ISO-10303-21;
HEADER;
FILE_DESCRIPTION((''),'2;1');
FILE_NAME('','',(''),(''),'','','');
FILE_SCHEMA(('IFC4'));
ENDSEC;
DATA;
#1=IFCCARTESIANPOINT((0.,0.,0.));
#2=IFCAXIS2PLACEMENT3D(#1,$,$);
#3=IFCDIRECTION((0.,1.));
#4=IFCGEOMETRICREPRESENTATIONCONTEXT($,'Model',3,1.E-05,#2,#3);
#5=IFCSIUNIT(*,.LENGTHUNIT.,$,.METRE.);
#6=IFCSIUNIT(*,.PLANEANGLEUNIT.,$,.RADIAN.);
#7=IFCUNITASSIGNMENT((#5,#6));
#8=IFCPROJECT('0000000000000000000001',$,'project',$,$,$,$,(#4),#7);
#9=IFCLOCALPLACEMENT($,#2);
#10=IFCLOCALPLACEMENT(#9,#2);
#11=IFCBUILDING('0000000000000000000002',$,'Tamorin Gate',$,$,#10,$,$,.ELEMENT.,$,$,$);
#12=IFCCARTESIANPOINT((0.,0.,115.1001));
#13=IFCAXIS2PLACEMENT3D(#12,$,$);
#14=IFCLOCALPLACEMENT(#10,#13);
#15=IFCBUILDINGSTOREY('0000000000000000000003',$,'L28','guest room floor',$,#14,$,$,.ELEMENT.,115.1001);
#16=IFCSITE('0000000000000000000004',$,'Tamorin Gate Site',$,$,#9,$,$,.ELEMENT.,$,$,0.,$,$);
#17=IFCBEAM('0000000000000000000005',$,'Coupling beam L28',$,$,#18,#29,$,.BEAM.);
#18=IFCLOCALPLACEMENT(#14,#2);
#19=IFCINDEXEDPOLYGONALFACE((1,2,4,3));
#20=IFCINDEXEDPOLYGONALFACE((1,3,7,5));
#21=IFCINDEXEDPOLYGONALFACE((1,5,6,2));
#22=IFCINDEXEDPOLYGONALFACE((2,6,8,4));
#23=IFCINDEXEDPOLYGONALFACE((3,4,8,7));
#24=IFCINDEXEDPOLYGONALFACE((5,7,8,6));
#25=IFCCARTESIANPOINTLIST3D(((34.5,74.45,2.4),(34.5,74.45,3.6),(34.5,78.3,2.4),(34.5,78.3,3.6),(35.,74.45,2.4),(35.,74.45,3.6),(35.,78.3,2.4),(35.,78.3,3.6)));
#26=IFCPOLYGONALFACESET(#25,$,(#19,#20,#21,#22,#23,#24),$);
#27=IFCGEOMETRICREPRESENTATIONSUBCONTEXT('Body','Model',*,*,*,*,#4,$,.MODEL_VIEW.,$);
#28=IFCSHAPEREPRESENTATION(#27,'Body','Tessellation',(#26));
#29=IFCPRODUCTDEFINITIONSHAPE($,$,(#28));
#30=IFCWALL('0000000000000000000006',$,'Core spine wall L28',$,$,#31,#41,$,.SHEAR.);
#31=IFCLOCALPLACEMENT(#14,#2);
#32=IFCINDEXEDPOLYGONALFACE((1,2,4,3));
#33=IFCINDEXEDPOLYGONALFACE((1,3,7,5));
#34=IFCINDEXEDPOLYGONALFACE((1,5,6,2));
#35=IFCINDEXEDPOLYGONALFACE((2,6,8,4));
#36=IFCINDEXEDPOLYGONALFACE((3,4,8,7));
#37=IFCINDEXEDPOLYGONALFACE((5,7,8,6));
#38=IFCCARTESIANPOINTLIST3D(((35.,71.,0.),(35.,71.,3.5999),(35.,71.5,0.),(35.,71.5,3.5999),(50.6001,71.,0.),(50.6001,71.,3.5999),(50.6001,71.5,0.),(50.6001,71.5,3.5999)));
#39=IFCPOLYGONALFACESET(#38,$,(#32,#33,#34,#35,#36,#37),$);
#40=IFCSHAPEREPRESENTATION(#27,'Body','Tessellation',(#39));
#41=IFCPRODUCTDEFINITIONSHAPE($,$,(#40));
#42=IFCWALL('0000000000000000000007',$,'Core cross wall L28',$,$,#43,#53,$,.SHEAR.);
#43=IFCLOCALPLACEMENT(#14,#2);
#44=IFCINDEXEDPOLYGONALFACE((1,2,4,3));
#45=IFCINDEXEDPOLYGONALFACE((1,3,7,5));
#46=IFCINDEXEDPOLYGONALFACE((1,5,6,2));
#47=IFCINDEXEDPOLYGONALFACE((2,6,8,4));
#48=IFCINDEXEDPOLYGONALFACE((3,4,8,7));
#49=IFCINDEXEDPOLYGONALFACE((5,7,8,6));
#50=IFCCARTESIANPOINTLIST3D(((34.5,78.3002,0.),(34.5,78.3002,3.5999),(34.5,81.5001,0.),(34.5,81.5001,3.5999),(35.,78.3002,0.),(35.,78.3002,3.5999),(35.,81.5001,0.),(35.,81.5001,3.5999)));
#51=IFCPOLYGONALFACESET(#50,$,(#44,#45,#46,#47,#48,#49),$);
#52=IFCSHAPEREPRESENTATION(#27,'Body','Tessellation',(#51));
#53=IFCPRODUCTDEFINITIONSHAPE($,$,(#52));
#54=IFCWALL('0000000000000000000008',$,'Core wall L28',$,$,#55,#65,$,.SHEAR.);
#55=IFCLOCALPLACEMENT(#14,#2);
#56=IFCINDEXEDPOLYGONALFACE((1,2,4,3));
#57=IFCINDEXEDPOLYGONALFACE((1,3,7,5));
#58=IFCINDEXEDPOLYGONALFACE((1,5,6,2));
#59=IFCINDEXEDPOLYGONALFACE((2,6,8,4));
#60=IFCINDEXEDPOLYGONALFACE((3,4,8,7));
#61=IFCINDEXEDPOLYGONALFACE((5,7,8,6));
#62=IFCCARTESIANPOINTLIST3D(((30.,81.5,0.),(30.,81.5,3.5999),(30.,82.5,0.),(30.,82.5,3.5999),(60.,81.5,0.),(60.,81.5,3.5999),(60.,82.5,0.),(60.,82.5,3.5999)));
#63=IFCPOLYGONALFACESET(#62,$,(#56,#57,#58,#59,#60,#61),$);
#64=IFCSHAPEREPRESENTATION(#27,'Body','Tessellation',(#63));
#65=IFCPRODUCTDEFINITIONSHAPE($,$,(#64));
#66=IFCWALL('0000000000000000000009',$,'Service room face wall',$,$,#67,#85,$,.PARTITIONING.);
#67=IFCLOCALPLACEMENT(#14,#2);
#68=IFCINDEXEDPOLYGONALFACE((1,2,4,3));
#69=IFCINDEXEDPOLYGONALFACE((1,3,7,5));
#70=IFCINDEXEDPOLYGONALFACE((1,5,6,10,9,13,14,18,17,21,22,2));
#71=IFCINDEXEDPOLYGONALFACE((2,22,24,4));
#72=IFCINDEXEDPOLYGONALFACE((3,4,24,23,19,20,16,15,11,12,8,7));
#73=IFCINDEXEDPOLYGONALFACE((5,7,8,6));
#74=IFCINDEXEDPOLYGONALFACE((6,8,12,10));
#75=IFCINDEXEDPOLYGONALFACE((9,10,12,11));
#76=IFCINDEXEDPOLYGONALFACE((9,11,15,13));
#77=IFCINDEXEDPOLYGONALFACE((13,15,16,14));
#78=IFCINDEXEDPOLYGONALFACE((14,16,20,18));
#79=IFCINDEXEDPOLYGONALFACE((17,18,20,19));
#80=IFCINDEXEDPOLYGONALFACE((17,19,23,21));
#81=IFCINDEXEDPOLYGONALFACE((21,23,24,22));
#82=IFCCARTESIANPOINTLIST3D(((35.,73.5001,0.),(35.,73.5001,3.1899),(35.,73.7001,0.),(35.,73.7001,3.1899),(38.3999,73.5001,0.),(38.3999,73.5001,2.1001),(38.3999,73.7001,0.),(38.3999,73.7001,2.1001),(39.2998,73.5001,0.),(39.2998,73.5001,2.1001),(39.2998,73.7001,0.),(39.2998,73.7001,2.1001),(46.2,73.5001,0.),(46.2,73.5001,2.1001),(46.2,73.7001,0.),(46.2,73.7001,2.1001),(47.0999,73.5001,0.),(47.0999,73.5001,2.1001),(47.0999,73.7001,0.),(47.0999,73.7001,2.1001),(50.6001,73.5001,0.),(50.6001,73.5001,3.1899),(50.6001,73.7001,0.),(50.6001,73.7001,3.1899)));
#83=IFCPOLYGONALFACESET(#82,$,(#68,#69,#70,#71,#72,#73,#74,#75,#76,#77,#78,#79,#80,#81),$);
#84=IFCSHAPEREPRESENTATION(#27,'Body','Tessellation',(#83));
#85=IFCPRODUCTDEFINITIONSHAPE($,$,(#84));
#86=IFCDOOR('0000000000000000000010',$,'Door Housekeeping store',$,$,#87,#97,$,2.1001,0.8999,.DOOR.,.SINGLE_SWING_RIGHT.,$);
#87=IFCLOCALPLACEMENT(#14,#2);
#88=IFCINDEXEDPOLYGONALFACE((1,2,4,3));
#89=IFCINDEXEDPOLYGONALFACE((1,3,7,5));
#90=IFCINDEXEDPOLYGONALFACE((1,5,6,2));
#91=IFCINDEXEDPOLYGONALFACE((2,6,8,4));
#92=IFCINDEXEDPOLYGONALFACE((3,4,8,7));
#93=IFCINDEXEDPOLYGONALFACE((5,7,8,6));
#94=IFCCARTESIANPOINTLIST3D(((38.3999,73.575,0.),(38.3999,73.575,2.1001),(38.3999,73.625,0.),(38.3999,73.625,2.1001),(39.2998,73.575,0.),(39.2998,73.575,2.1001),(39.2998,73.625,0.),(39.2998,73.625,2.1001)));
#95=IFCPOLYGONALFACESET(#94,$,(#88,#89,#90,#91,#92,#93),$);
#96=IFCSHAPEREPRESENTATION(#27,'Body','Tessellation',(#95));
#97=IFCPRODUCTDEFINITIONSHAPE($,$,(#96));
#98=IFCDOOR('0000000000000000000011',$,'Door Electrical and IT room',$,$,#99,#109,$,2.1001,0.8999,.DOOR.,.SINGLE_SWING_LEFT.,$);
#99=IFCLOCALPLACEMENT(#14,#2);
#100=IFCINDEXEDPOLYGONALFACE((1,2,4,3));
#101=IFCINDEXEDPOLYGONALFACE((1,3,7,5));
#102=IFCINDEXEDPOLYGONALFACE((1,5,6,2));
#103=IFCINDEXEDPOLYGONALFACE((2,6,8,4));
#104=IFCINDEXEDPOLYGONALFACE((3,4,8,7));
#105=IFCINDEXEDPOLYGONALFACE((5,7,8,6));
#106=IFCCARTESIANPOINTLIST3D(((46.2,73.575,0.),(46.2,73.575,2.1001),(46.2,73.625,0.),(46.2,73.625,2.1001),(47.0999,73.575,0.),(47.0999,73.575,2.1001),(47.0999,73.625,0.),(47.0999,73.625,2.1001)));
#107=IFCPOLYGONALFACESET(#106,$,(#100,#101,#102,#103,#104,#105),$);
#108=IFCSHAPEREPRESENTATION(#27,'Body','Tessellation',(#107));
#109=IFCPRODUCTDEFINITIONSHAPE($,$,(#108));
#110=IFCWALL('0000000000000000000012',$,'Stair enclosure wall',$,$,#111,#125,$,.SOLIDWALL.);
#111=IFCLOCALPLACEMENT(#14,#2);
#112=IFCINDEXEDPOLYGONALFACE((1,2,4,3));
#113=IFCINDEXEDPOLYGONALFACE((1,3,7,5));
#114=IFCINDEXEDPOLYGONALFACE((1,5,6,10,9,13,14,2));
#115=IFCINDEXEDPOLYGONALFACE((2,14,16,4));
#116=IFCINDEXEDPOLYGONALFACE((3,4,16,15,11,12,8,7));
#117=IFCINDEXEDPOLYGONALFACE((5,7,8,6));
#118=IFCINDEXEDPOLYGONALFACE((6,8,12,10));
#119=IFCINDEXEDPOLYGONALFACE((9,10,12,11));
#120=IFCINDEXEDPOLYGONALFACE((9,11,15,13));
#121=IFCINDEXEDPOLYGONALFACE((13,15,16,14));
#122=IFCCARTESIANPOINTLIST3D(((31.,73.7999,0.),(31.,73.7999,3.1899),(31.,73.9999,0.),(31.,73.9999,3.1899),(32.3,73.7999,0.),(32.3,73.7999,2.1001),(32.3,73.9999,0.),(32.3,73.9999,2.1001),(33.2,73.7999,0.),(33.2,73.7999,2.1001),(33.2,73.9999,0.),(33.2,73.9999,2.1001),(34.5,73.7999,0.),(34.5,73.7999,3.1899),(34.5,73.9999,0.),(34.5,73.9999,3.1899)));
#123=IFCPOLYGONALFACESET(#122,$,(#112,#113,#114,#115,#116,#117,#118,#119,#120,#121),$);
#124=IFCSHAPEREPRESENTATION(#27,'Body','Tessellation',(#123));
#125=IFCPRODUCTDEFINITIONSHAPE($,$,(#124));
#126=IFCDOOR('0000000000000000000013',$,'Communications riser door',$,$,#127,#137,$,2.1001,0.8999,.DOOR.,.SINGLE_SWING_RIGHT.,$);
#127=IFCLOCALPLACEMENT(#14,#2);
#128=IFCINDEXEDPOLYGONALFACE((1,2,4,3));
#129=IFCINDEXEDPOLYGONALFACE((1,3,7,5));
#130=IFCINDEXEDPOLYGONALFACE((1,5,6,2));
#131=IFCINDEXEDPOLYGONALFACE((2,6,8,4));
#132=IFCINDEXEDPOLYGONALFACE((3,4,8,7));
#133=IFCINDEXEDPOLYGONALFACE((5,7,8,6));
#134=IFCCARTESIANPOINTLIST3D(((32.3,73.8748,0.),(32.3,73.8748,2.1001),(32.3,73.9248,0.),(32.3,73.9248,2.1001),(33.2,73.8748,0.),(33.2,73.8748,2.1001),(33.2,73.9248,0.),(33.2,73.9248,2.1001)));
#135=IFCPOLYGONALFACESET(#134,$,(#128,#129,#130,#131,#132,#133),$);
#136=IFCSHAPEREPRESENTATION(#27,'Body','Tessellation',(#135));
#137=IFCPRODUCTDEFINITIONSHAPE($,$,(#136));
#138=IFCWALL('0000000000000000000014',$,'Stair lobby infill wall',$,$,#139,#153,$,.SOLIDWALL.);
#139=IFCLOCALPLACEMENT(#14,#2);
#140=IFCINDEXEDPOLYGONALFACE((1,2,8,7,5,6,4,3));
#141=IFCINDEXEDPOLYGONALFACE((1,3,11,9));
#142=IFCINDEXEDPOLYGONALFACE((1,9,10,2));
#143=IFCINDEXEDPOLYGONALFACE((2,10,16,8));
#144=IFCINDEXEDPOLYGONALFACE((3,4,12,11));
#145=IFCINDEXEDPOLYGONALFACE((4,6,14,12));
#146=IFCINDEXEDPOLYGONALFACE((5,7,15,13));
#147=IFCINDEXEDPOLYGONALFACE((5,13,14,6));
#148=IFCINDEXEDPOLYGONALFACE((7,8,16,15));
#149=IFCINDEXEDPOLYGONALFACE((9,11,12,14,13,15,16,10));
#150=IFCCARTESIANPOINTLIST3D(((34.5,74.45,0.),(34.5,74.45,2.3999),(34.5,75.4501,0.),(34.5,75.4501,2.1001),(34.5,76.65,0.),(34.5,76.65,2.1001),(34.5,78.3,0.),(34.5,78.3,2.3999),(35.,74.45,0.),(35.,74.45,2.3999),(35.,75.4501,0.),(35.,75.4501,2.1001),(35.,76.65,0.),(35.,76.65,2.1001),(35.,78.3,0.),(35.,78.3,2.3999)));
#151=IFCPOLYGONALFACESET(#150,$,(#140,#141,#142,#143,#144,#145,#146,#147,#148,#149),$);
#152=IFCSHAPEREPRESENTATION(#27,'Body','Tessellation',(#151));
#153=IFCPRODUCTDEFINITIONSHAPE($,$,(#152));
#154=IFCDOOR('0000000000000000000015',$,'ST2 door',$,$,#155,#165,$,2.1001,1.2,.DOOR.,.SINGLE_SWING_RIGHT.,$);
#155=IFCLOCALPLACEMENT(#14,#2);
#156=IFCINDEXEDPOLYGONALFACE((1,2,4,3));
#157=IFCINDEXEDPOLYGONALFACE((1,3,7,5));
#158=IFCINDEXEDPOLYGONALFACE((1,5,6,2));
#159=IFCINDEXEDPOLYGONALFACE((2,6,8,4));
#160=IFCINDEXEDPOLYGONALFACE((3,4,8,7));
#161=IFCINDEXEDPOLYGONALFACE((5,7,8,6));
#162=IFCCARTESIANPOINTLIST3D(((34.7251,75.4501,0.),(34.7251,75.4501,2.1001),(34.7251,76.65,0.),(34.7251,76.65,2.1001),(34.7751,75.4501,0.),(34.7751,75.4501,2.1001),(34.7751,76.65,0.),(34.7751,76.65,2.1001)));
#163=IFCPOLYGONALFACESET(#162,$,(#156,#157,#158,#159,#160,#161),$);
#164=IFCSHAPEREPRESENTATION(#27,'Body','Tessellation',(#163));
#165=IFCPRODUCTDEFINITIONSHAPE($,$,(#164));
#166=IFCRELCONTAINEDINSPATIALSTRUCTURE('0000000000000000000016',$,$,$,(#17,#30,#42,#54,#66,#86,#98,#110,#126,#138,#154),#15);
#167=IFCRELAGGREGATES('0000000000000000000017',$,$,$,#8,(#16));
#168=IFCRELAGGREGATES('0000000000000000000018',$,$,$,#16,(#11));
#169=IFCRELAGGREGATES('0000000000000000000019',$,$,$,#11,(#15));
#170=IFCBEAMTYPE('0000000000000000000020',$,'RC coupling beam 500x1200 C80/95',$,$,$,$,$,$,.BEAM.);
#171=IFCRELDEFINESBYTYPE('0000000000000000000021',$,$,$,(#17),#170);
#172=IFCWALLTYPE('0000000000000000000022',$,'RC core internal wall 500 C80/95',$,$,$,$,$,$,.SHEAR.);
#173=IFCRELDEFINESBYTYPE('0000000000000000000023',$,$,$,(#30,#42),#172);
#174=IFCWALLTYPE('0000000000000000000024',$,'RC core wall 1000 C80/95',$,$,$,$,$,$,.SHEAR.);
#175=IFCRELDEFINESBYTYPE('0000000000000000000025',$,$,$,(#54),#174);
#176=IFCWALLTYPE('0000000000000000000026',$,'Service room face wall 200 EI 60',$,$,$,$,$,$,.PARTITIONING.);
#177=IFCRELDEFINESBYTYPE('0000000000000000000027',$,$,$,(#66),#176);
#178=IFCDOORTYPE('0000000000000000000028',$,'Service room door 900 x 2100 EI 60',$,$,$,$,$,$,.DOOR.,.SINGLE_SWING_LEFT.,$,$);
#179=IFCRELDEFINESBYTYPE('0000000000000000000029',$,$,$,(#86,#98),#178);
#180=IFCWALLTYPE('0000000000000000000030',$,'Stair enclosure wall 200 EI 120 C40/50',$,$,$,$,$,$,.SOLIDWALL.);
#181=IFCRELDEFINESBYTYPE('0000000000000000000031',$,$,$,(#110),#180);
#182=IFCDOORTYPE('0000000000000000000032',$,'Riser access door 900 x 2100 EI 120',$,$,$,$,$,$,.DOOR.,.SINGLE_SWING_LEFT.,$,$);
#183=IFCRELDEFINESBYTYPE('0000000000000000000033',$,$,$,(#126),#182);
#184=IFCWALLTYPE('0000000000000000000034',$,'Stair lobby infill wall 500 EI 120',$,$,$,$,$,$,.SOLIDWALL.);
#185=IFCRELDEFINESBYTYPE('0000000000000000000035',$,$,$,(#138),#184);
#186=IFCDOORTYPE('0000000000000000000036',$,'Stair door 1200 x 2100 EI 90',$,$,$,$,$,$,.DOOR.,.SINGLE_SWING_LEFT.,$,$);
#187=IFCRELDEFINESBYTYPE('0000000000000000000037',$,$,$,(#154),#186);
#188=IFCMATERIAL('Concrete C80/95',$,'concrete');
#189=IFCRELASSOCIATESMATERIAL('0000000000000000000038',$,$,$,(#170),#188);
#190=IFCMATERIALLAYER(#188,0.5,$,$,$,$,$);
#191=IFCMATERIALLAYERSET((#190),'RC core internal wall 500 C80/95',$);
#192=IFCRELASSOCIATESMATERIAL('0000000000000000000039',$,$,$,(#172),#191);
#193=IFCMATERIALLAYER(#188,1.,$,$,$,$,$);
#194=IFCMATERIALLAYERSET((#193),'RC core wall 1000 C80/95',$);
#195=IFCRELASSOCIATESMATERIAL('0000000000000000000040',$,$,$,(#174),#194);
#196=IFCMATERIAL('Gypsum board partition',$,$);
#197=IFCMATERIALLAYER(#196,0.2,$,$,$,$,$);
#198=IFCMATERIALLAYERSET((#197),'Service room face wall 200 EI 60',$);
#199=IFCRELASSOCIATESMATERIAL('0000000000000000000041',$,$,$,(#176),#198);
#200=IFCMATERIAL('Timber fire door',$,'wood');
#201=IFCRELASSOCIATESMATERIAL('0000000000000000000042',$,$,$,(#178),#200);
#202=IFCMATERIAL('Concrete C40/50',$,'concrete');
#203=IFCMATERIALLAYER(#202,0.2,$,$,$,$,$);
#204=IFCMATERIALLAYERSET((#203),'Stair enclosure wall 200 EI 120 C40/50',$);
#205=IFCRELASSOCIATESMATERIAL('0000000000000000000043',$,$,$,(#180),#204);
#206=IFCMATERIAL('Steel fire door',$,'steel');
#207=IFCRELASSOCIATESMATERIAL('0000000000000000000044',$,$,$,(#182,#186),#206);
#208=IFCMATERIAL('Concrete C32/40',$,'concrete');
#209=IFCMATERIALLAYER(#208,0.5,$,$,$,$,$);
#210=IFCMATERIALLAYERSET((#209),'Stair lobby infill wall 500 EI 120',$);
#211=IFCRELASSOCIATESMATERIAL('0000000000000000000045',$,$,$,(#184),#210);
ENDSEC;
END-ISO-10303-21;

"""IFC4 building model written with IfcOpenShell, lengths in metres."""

from ifc_helpers import new_model, si_unit, direction, frame, frame_2d, origin, origin_2d, place, context, subcontext, project, spatial, rectangle, extrude, material, layer, layer_set, material_profile, profile_set, type_object, element, fill, save


model = new_model("IFC4")

# Units and contexts
model_context = context("Model", 3, precision=1e-05, world=origin(), true_north=direction((0.0, 1.0)))
body_context = subcontext(model_context, "Body", "Model", "MODEL_VIEW")
ifc_project = project(units=[si_unit("LENGTHUNIT", "METRE"), si_unit("PLANEANGLEUNIT", "RADIAN")], contexts=[model_context])

# Site, building, storey
site_placement = place(None, origin())
site = spatial("IfcSite", under=ifc_project, at=site_placement, Name="Tamorin Gate Site", CompositionType="ELEMENT", RefElevation=0.0)
building_placement = place(site_placement, origin())
building = spatial("IfcBuilding", under=site, at=building_placement, Name="Tamorin Gate", CompositionType="ELEMENT")
storey_placement = place(building_placement, frame((0.0, 0.0, 115.1001)))
storey = spatial("IfcBuildingStorey", under=building, at=storey_placement, Name="L28", Description="guest room floor", CompositionType="ELEMENT", Elevation=115.1001)

# Beam
ifc_material_1 = material(Name="Concrete C80/95", Category="concrete")
ifc_material_profile = material_profile(ifc_material_1, rectangle(XDim=0.5, YDim=1.2, at=origin_2d()), Name="RC 500x1200")
ifc_profile_set = profile_set([ifc_material_profile], Name="Concrete C80/95")
beam_type = type_object("IfcBeamType", Name="RC coupling beam 500x1200 C80/95", PredefinedType="BEAM", material=ifc_profile_set)
beam_placement = place(storey_placement, frame((34.75, 74.45, 3.0), z_axis=(0.0, 1.0, 0.0), x_axis=(-1.0, 0.0, 0.0)))
element("IfcBeam", 1, at=beam_placement, inside=storey, type_object=beam_type, Name="Coupling beam L28", PredefinedType="BEAM", context=body_context, shape_type="SweptSolid", body=[
    extrude(rectangle(XDim=0.5, YDim=1.2, at=origin_2d()), origin(), (0.0, 0.0, 1.0), 3.8501),
])

# Walls
ifc_layer_1 = layer(ifc_material_1, 0.5)
ifc_layer_set_1 = layer_set([ifc_layer_1], Name="RC core internal wall 500 C80/95")
wall_type_1 = type_object("IfcWallType", Name="RC core internal wall 500 C80/95", PredefinedType="SHEAR", material=ifc_layer_set_1)
wall_1_placement = place(storey_placement, frame((35.0, 71.25, 0.0), z_axis=(0.0, 0.0, 1.0), x_axis=(1.0, 0.0, 0.0)))
element("IfcWall", 2, at=wall_1_placement, inside=storey, type_object=wall_type_1, Name="Core spine wall L28", PredefinedType="SHEAR", context=body_context, shape_type="SweptSolid", body=[
    extrude(rectangle(XDim=15.6001, YDim=0.5, at=frame_2d((7.8, 0.0))), origin(), (0.0, 0.0, 1.0), 3.5999),
])
wall_2_placement = place(storey_placement, frame((34.75, 78.3, 0.0), z_axis=(0.0, 0.0, 1.0), x_axis=(0.0, 1.0, 0.0)))
element("IfcWall", 3, at=wall_2_placement, inside=storey, type_object=wall_type_1, Name="Core cross wall L28", PredefinedType="SHEAR", context=body_context, shape_type="SweptSolid", body=[
    extrude(rectangle(XDim=3.2, YDim=0.5, at=frame_2d((1.6001, 0.0))), origin(), (0.0, 0.0, 1.0), 3.5999),
])
ifc_layer_2 = layer(ifc_material_1, 1.0)
ifc_layer_set_2 = layer_set([ifc_layer_2], Name="RC core wall 1000 C80/95")
wall_type_2 = type_object("IfcWallType", Name="RC core wall 1000 C80/95", PredefinedType="SHEAR", material=ifc_layer_set_2)
wall_3_placement = place(storey_placement, frame((30.0, 82.0, 0.0), z_axis=(0.0, 0.0, 1.0), x_axis=(1.0, 0.0, 0.0)))
element("IfcWall", 4, at=wall_3_placement, inside=storey, type_object=wall_type_2, Name="Core wall L28", PredefinedType="SHEAR", context=body_context, shape_type="SweptSolid", body=[
    extrude(rectangle(XDim=30.0, YDim=1.0, at=frame_2d((15.0, 0.0))), origin(), (0.0, 0.0, 1.0), 3.5999),
])

# Wall, openings, doors
ifc_material_2 = material(Name="Gypsum board partition")
ifc_layer_3 = layer(ifc_material_2, 0.2)
ifc_layer_set_3 = layer_set([ifc_layer_3], Name="Service room face wall 200 EI 60")
wall_type_3 = type_object("IfcWallType", Name="Service room face wall 200 EI 60", PredefinedType="PARTITIONING", material=ifc_layer_set_3)
wall_4_placement = place(storey_placement, frame((35.0, 73.6001, 0.0), z_axis=(0.0, 0.0, 1.0), x_axis=(1.0, 0.0, 0.0)))
wall_4 = element("IfcWall", 5, at=wall_4_placement, inside=storey, type_object=wall_type_3, Name="Service room face wall", PredefinedType="PARTITIONING", context=body_context, shape_type="SweptSolid", body=[
    extrude(rectangle(XDim=15.6001, YDim=0.2, at=frame_2d((7.8, 0.0))), origin(), (0.0, 0.0, 1.0), 3.1899),
])
opening_1_placement = place(wall_4_placement, frame((3.3999, 0.0, 0.0)))
opening_1 = element("IfcOpeningElement", 6, at=opening_1_placement, cuts=wall_4, PredefinedType="OPENING", context=body_context, shape_type="SweptSolid", body=[
    extrude(rectangle(XDim=0.8999, YDim=2.1001, at=frame_2d((0.45, 1.05))), frame((0.0, 0.1099, 0.0), z_axis=(0.0, -1.0, 0.0), x_axis=(1.0, 0.0, 0.0)), (0.0, 0.0, 1.0), 0.22),
])
opening_2_placement = place(wall_4_placement, frame((11.2, 0.0, 0.0)))
opening_2 = element("IfcOpeningElement", 7, at=opening_2_placement, cuts=wall_4, PredefinedType="OPENING", context=body_context, shape_type="SweptSolid", body=[
    extrude(rectangle(XDim=0.8999, YDim=2.1001, at=frame_2d((0.45, 1.05))), frame((0.0, 0.1099, 0.0), z_axis=(0.0, -1.0, 0.0), x_axis=(1.0, 0.0, 0.0)), (0.0, 0.0, 1.0), 0.22),
])
ifc_material_3 = material(Name="Timber fire door", Category="wood")
door_type_1 = type_object("IfcDoorType", Name="Service room door 900 x 2100 EI 60", OperationType="SINGLE_SWING_LEFT", PredefinedType="DOOR", material=ifc_material_3)
door_1_placement = place(opening_1_placement, origin())
door_1 = element("IfcDoor", 8, at=door_1_placement, inside=storey, type_object=door_type_1, Name="Door Housekeeping store", OperationType="SINGLE_SWING_RIGHT", OverallHeight=2.1001, OverallWidth=0.8999, PredefinedType="DOOR", context=body_context, shape_type="SweptSolid", body=[
    extrude(rectangle(XDim=0.8999, YDim=2.1001, at=frame_2d((0.45, 1.05))), frame((0.0, 0.0249, 0.0), z_axis=(0.0, -1.0, 0.0), x_axis=(1.0, 0.0, 0.0)), (0.0, 0.0, 1.0), 0.05),
])
fill(opening_1, door_1)
door_2_placement = place(opening_2_placement, origin())
door_2 = element("IfcDoor", 9, at=door_2_placement, inside=storey, type_object=door_type_1, Name="Door Electrical and IT room", OperationType="SINGLE_SWING_LEFT", OverallHeight=2.1001, OverallWidth=0.8999, PredefinedType="DOOR", context=body_context, shape_type="SweptSolid", body=[
    extrude(rectangle(XDim=0.8999, YDim=2.1001, at=frame_2d((0.45, 1.05))), frame((0.0, 0.0249, 0.0), z_axis=(0.0, -1.0, 0.0), x_axis=(1.0, 0.0, 0.0)), (0.0, 0.0, 1.0), 0.05),
])
fill(opening_2, door_2)

# Walls, openings, doors
ifc_material_4 = material(Name="Concrete C40/50", Category="concrete")
ifc_layer_4 = layer(ifc_material_4, 0.2)
ifc_layer_set_4 = layer_set([ifc_layer_4], Name="Stair enclosure wall 200 EI 120 C40/50")
wall_type_4 = type_object("IfcWallType", Name="Stair enclosure wall 200 EI 120 C40/50", PredefinedType="SOLIDWALL", material=ifc_layer_set_4)
wall_5_placement = place(storey_placement, frame((31.0, 73.8999, 0.0), z_axis=(0.0, 0.0, 1.0), x_axis=(1.0, 0.0, 0.0)))
wall_5 = element("IfcWall", 10, at=wall_5_placement, inside=storey, type_object=wall_type_4, Name="Stair enclosure wall", PredefinedType="SOLIDWALL", context=body_context, shape_type="SweptSolid", body=[
    extrude(rectangle(XDim=3.5, YDim=0.2, at=frame_2d((1.75, 0.0))), origin(), (0.0, 0.0, 1.0), 3.1899),
])
opening_3_placement = place(wall_5_placement, frame((1.3, 0.0, 0.0)))
opening_3 = element("IfcOpeningElement", 11, at=opening_3_placement, cuts=wall_5, PredefinedType="OPENING", context=body_context, shape_type="SweptSolid", body=[
    extrude(rectangle(XDim=0.8999, YDim=2.1001, at=frame_2d((0.45, 1.05))), frame((0.0, 0.1099, 0.0), z_axis=(0.0, -1.0, 0.0), x_axis=(1.0, 0.0, 0.0)), (0.0, 0.0, 1.0), 0.22),
])
ifc_material_5 = material(Name="Steel fire door", Category="steel")
door_type_2 = type_object("IfcDoorType", Name="Riser access door 900 x 2100 EI 120", OperationType="SINGLE_SWING_LEFT", PredefinedType="DOOR", material=ifc_material_5)
door_3_placement = place(opening_3_placement, origin())
door_3 = element("IfcDoor", 12, at=door_3_placement, inside=storey, type_object=door_type_2, Name="Communications riser door", OperationType="SINGLE_SWING_RIGHT", OverallHeight=2.1001, OverallWidth=0.8999, PredefinedType="DOOR", context=body_context, shape_type="SweptSolid", body=[
    extrude(rectangle(XDim=0.8999, YDim=2.1001, at=frame_2d((0.45, 1.05))), frame((0.0, 0.0249, 0.0), z_axis=(0.0, -1.0, 0.0), x_axis=(1.0, 0.0, 0.0)), (0.0, 0.0, 1.0), 0.05),
])
fill(opening_3, door_3)
ifc_material_6 = material(Name="Concrete C32/40", Category="concrete")
ifc_layer_5 = layer(ifc_material_6, 0.5)
ifc_layer_set_5 = layer_set([ifc_layer_5], Name="Stair lobby infill wall 500 EI 120")
wall_type_5 = type_object("IfcWallType", Name="Stair lobby infill wall 500 EI 120", PredefinedType="SOLIDWALL", material=ifc_layer_set_5)
wall_6_placement = place(storey_placement, frame((34.75, 74.45, 0.0), z_axis=(0.0, 0.0, 1.0), x_axis=(0.0, 1.0, 0.0)))
wall_6 = element("IfcWall", 13, at=wall_6_placement, inside=storey, type_object=wall_type_5, Name="Stair lobby infill wall", PredefinedType="SOLIDWALL", context=body_context, shape_type="SweptSolid", body=[
    extrude(rectangle(XDim=3.8501, YDim=0.5, at=frame_2d((1.925, 0.0))), origin(), (0.0, 0.0, 1.0), 2.3999),
])
opening_4_placement = place(wall_6_placement, frame((1.0, 0.0, 0.0)))
opening_4 = element("IfcOpeningElement", 14, at=opening_4_placement, cuts=wall_6, PredefinedType="OPENING", context=body_context, shape_type="SweptSolid", body=[
    extrude(rectangle(XDim=1.2, YDim=2.1001, at=frame_2d((0.6001, 1.05))), frame((0.0, 0.26, 0.0), z_axis=(0.0, -1.0, 0.0), x_axis=(1.0, 0.0, 0.0)), (0.0, 0.0, 1.0), 0.52),
])
door_type_3 = type_object("IfcDoorType", Name="Stair door 1200 x 2100 EI 90", OperationType="SINGLE_SWING_LEFT", PredefinedType="DOOR", material=ifc_material_5)
door_4_placement = place(opening_4_placement, origin())
door_4 = element("IfcDoor", 15, at=door_4_placement, inside=storey, type_object=door_type_3, Name="ST2 door", OperationType="SINGLE_SWING_RIGHT", OverallHeight=2.1001, OverallWidth=1.2, PredefinedType="DOOR", context=body_context, shape_type="SweptSolid", body=[
    extrude(rectangle(XDim=1.2, YDim=2.1001, at=frame_2d((0.6001, 1.05))), frame((0.0, 0.0249, 0.0), z_axis=(0.0, -1.0, 0.0), x_axis=(1.0, 0.0, 0.0)), (0.0, 0.0, 1.0), 0.05),
])
fill(opening_4, door_4)

save(model, "model.ifc")
